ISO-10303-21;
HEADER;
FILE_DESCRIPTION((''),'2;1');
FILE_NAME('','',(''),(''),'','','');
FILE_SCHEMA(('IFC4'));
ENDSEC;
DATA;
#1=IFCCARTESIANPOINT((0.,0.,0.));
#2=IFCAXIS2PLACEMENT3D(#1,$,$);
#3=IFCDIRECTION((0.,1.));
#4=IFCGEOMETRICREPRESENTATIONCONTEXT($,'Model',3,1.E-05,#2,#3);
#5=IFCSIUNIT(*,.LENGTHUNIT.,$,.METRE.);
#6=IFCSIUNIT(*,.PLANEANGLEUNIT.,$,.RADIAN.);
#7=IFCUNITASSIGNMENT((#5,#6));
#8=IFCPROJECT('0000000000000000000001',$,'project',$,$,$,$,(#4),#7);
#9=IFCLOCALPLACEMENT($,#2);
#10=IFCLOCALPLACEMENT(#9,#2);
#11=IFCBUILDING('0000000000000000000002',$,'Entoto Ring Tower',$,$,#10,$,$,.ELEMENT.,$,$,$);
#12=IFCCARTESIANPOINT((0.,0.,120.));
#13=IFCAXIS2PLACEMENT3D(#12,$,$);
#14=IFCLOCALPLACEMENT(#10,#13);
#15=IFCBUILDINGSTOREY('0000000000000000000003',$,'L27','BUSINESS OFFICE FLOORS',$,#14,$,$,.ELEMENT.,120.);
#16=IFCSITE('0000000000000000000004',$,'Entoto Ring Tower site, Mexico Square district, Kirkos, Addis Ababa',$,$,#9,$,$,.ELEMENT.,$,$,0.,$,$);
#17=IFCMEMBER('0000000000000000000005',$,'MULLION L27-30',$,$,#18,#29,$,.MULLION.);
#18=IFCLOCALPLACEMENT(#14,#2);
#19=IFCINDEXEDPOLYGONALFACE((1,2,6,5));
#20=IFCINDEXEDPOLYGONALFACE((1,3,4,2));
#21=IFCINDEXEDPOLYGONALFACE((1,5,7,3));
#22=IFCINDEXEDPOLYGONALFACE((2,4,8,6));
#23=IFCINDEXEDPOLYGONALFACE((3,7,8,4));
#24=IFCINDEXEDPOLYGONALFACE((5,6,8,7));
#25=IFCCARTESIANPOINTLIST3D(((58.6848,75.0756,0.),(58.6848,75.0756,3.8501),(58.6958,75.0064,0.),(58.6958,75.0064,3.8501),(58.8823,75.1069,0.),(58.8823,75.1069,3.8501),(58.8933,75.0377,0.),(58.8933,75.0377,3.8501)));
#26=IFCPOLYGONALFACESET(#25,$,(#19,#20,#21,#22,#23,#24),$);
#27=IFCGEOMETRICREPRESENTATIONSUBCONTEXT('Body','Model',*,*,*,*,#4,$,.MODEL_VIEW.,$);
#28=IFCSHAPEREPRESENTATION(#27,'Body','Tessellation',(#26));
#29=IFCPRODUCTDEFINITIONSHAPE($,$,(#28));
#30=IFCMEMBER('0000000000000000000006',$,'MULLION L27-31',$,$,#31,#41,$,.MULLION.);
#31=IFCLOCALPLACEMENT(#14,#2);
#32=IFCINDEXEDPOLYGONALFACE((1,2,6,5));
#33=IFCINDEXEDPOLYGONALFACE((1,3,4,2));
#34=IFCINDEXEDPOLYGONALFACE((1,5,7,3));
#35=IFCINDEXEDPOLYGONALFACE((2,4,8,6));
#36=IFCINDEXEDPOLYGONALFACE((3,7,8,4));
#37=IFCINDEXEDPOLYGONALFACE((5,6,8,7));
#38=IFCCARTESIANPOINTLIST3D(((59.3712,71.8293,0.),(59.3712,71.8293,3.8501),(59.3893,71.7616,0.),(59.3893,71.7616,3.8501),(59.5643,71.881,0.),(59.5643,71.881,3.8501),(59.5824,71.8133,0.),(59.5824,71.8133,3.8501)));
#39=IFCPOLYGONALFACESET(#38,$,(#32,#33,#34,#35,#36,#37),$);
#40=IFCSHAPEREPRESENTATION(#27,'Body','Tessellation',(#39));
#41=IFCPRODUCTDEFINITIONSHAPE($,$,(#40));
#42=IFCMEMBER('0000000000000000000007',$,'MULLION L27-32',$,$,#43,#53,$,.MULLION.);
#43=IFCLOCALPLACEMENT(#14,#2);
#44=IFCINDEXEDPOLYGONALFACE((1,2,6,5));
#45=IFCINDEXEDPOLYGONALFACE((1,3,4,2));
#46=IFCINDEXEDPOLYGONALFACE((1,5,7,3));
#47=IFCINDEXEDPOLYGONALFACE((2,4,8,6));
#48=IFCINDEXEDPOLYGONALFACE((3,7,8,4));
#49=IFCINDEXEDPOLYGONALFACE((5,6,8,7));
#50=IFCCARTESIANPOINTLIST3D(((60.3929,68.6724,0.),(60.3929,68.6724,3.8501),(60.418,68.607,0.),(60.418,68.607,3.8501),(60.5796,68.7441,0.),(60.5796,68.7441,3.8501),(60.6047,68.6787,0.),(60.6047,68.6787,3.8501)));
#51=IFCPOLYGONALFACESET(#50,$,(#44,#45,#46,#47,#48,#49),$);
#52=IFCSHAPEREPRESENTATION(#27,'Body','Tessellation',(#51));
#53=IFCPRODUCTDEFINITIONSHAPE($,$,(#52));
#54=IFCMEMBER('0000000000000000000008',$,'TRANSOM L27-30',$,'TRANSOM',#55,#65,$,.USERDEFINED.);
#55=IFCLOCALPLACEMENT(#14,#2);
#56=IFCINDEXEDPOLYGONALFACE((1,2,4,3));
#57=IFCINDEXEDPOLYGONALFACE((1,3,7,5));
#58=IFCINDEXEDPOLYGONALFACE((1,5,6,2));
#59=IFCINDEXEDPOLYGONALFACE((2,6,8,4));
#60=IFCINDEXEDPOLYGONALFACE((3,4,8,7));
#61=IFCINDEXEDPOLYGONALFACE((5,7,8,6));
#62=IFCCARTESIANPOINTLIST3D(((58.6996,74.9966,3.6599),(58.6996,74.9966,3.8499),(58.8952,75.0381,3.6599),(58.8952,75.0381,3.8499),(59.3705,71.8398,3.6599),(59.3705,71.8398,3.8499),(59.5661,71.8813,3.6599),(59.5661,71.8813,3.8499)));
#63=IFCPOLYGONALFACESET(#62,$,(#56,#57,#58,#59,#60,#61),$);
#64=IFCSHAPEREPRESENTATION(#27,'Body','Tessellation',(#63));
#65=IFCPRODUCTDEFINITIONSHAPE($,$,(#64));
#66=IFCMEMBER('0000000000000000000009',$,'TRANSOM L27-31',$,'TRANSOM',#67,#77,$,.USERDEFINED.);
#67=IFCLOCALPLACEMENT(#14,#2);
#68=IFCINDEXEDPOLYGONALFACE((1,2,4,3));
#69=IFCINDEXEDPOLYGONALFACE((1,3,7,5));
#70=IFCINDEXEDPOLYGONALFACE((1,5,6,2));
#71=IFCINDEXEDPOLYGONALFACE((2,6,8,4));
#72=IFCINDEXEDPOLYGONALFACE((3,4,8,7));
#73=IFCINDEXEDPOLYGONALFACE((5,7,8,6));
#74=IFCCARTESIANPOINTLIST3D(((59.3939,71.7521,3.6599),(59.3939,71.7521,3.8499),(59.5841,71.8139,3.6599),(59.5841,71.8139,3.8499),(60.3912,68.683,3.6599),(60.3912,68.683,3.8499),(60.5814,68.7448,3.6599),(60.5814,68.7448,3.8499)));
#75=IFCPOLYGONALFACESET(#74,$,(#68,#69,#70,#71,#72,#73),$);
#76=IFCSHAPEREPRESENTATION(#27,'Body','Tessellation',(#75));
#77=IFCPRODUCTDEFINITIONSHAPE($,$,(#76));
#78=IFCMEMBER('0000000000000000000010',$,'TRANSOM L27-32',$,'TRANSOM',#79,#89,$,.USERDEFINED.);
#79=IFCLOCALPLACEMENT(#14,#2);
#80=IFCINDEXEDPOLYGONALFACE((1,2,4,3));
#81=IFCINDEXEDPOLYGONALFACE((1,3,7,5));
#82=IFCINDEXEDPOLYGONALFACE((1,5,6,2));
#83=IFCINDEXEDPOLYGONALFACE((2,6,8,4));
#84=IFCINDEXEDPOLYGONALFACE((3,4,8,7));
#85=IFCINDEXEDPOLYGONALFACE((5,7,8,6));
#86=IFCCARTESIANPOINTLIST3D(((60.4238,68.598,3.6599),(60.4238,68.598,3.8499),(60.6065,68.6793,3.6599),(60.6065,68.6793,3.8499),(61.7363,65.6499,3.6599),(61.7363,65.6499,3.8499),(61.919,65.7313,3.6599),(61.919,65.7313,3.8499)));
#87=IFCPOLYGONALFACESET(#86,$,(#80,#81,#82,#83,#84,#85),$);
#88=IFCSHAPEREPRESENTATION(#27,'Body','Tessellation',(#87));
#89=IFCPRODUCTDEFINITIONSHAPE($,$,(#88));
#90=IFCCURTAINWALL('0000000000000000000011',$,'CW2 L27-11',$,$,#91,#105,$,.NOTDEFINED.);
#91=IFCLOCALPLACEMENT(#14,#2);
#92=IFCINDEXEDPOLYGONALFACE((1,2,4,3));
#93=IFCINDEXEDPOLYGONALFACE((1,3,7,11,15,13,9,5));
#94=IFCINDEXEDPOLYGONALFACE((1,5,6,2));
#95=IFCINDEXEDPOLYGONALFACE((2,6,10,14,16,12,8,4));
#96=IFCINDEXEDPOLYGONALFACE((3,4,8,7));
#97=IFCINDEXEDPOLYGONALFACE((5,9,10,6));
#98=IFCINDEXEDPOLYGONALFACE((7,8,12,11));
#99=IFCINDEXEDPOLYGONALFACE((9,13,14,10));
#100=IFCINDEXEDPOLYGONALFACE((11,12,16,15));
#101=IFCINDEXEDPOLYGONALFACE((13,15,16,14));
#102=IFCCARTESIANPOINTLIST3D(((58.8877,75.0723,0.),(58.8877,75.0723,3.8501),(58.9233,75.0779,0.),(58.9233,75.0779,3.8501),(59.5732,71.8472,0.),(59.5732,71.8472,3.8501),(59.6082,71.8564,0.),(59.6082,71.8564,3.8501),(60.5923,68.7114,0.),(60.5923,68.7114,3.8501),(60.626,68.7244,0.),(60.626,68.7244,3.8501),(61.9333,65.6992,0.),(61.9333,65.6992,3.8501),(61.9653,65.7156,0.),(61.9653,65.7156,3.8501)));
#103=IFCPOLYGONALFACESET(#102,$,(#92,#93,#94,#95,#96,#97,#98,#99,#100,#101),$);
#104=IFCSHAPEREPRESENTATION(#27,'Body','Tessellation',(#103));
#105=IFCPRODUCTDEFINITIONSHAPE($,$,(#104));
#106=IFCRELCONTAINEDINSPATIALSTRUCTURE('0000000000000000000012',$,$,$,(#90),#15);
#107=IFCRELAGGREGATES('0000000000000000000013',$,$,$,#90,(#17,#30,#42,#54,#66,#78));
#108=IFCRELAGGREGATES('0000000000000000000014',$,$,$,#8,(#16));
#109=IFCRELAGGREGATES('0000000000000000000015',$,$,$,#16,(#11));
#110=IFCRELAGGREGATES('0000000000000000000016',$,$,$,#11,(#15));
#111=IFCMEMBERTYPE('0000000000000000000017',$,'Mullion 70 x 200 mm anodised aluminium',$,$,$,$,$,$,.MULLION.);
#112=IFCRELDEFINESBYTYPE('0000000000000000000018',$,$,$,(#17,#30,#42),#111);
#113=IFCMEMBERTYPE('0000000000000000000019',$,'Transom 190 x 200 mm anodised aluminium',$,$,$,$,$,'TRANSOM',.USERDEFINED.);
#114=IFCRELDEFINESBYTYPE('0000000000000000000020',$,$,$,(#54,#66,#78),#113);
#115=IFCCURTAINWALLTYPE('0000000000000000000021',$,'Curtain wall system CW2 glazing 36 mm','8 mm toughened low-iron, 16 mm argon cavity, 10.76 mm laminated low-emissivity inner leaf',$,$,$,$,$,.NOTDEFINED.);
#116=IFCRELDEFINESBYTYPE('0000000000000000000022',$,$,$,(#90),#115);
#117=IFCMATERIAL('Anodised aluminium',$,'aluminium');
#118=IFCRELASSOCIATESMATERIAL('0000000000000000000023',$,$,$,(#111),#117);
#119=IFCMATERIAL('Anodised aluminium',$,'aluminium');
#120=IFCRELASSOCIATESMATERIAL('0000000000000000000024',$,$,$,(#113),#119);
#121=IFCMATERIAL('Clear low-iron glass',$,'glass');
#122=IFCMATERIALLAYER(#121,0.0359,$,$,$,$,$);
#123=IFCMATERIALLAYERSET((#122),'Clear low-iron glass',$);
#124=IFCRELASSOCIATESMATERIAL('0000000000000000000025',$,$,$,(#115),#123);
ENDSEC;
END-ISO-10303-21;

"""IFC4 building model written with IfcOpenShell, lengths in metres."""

from ifc_helpers import new_model, si_unit, direction, frame, origin, origin_2d, place, context, subcontext, project, spatial, polyline, rectangle, outline, extrude, material, layer, layer_set, material_profile, profile_set, type_object, element, aggregate, save


model = new_model("IFC4")

# Units and contexts
model_context = context("Model", 3, precision=1e-05, world=origin(), true_north=direction((0.0, 1.0)))
body_context = subcontext(model_context, "Body", "Model", "MODEL_VIEW")
ifc_project = project(units=[si_unit("LENGTHUNIT", "METRE"), si_unit("PLANEANGLEUNIT", "RADIAN")], contexts=[model_context])

# Members
ifc_material_1 = material(Name="Anodised aluminium", Category="aluminium")
ifc_material_profile_1 = material_profile(ifc_material_1, rectangle(XDim=0.0701, YDim=0.2, at=origin_2d()), Name="Mullion 70 x 200 mm anodised aluminium")
ifc_profile_set_1 = profile_set([ifc_material_profile_1], Name="Anodised aluminium")
member_type_1 = type_object("IfcMemberType", Name="Mullion 70 x 200 mm anodised aluminium", PredefinedType="MULLION", material=ifc_profile_set_1)
site_placement = place(None, origin())
building_placement = place(site_placement, origin())
storey_placement = place(building_placement, frame((0.0, 0.0, 120.0)))
member_1_placement = place(storey_placement, frame((58.7891, 75.0566, 0.0), z_axis=(0.0, 0.0, 1.0), x_axis=(0.156434, -0.987688, 0.0)))
member_1 = element("IfcMember", 1, at=member_1_placement, type_object=member_type_1, Name="MULLION L27-30", PredefinedType="MULLION", context=body_context, shape_type="SweptSolid", body=[
    extrude(rectangle(XDim=0.0701, YDim=0.2, at=origin_2d()), origin(), (0.0, 0.0, 1.0), 3.8501),
])
member_2_placement = place(storey_placement, frame((59.4768, 71.8213, 0.0), z_axis=(0.0, 0.0, 1.0), x_axis=(0.258819, -0.965926, 0.0)))
member_2 = element("IfcMember", 2, at=member_2_placement, type_object=member_type_1, Name="MULLION L27-31", PredefinedType="MULLION", context=body_context, shape_type="SweptSolid", body=[
    extrude(rectangle(XDim=0.0701, YDim=0.2, at=origin_2d()), origin(), (0.0, 0.0, 1.0), 3.8501),
])
member_3_placement = place(storey_placement, frame((60.4988, 68.6755, 0.0), z_axis=(0.0, 0.0, 1.0), x_axis=(0.358368, -0.93358, 0.0)))
member_3 = element("IfcMember", 3, at=member_3_placement, type_object=member_type_1, Name="MULLION L27-32", PredefinedType="MULLION", context=body_context, shape_type="SweptSolid", body=[
    extrude(rectangle(XDim=0.0701, YDim=0.2, at=origin_2d()), origin(), (0.0, 0.0, 1.0), 3.8501),
])
ifc_material_2 = material(Name="Anodised aluminium", Category="aluminium")
ifc_material_profile_2 = material_profile(ifc_material_2, rectangle(XDim=0.2, YDim=0.1899, at=origin_2d()), Name="Transom 190 x 200 mm anodised aluminium")
ifc_profile_set_2 = profile_set([ifc_material_profile_2], Name="Anodised aluminium")
member_type_2 = type_object("IfcMemberType", Name="Transom 190 x 200 mm anodised aluminium", ElementType="TRANSOM", PredefinedType="USERDEFINED", material=ifc_profile_set_2)
member_4_placement = place(storey_placement, frame((58.7974, 75.0173, 3.7549), z_axis=(0.207886, -0.978153, 0.0), x_axis=(0.978153, 0.207886, 0.0)))
member_4 = element("IfcMember", 4, at=member_4_placement, type_object=member_type_2, Name="TRANSOM L27-30", ObjectType="TRANSOM", PredefinedType="USERDEFINED", context=body_context, shape_type="SweptSolid", body=[
    extrude(rectangle(XDim=0.2, YDim=0.1899, at=origin_2d()), origin(), (0.0, 0.0, 1.0), 3.2273),
])
member_5_placement = place(storey_placement, frame((59.489, 71.783, 3.7549), z_axis=(0.309047, -0.951047, 0.0), x_axis=(0.951047, 0.309047, 0.0)))
member_5 = element("IfcMember", 5, at=member_5_placement, type_object=member_type_2, Name="TRANSOM L27-31", ObjectType="TRANSOM", PredefinedType="USERDEFINED", context=body_context, shape_type="SweptSolid", body=[
    extrude(rectangle(XDim=0.2, YDim=0.1899, at=origin_2d()), origin(), (0.0, 0.0, 1.0), 3.2271),
])
member_6_placement = place(storey_placement, frame((60.5151, 68.6387, 3.7549), z_axis=(0.406728, -0.913549, 0.0), x_axis=(0.913549, 0.406728, 0.0)))
member_6 = element("IfcMember", 6, at=member_6_placement, type_object=member_type_2, Name="TRANSOM L27-32", ObjectType="TRANSOM", PredefinedType="USERDEFINED", context=body_context, shape_type="SweptSolid", body=[
    extrude(rectangle(XDim=0.2, YDim=0.1899, at=origin_2d()), origin(), (0.0, 0.0, 1.0), 3.2271),
])

# Site, building, storey
site = spatial("IfcSite", under=ifc_project, at=site_placement, Name="Entoto Ring Tower site, Mexico Square district, Kirkos, Addis Ababa", CompositionType="ELEMENT", RefElevation=0.0)
building = spatial("IfcBuilding", under=site, at=building_placement, Name="Entoto Ring Tower", CompositionType="ELEMENT")
storey = spatial("IfcBuildingStorey", under=building, at=storey_placement, Name="L27", Description="BUSINESS OFFICE FLOORS", CompositionType="ELEMENT", Elevation=120.0)

# Curtain wall
ifc_material_3 = material(Name="Clear low-iron glass", Category="glass")
ifc_layer = layer(ifc_material_3, 0.0359)
ifc_layer_set = layer_set([ifc_layer], Name="Clear low-iron glass")
curtain_wall_type = type_object("IfcCurtainWallType", Name="Curtain wall system CW2 glazing 36 mm", Description="8 mm toughened low-iron, 16 mm argon cavity, 10.76 mm laminated low-emissivity inner leaf", PredefinedType="NOTDEFINED", material=ifc_layer_set)
curtain_wall_1_placement = place(storey_placement, origin())
curtain_wall_1 = element("IfcCurtainWall", 7, at=curtain_wall_1_placement, inside=storey, type_object=curtain_wall_type, Name="CW2 L27-11", PredefinedType="NOTDEFINED", context=body_context, shape_type="SweptSolid", body=[
    extrude(outline(polyline([(58.8877, 75.0723), (59.5732, 71.8472), (60.5923, 68.7114), (61.9333, 65.6992), (61.9653, 65.7156), (60.626, 68.7244), (59.6082, 71.8564), (58.9233, 75.0779), (58.8877, 75.0723)])), origin(), (0.0, 0.0, 1.0), 3.8501),
])
aggregate(curtain_wall_1, [member_1, member_2, member_3, member_4, member_5, member_6])

save(model, "model.ifc")
